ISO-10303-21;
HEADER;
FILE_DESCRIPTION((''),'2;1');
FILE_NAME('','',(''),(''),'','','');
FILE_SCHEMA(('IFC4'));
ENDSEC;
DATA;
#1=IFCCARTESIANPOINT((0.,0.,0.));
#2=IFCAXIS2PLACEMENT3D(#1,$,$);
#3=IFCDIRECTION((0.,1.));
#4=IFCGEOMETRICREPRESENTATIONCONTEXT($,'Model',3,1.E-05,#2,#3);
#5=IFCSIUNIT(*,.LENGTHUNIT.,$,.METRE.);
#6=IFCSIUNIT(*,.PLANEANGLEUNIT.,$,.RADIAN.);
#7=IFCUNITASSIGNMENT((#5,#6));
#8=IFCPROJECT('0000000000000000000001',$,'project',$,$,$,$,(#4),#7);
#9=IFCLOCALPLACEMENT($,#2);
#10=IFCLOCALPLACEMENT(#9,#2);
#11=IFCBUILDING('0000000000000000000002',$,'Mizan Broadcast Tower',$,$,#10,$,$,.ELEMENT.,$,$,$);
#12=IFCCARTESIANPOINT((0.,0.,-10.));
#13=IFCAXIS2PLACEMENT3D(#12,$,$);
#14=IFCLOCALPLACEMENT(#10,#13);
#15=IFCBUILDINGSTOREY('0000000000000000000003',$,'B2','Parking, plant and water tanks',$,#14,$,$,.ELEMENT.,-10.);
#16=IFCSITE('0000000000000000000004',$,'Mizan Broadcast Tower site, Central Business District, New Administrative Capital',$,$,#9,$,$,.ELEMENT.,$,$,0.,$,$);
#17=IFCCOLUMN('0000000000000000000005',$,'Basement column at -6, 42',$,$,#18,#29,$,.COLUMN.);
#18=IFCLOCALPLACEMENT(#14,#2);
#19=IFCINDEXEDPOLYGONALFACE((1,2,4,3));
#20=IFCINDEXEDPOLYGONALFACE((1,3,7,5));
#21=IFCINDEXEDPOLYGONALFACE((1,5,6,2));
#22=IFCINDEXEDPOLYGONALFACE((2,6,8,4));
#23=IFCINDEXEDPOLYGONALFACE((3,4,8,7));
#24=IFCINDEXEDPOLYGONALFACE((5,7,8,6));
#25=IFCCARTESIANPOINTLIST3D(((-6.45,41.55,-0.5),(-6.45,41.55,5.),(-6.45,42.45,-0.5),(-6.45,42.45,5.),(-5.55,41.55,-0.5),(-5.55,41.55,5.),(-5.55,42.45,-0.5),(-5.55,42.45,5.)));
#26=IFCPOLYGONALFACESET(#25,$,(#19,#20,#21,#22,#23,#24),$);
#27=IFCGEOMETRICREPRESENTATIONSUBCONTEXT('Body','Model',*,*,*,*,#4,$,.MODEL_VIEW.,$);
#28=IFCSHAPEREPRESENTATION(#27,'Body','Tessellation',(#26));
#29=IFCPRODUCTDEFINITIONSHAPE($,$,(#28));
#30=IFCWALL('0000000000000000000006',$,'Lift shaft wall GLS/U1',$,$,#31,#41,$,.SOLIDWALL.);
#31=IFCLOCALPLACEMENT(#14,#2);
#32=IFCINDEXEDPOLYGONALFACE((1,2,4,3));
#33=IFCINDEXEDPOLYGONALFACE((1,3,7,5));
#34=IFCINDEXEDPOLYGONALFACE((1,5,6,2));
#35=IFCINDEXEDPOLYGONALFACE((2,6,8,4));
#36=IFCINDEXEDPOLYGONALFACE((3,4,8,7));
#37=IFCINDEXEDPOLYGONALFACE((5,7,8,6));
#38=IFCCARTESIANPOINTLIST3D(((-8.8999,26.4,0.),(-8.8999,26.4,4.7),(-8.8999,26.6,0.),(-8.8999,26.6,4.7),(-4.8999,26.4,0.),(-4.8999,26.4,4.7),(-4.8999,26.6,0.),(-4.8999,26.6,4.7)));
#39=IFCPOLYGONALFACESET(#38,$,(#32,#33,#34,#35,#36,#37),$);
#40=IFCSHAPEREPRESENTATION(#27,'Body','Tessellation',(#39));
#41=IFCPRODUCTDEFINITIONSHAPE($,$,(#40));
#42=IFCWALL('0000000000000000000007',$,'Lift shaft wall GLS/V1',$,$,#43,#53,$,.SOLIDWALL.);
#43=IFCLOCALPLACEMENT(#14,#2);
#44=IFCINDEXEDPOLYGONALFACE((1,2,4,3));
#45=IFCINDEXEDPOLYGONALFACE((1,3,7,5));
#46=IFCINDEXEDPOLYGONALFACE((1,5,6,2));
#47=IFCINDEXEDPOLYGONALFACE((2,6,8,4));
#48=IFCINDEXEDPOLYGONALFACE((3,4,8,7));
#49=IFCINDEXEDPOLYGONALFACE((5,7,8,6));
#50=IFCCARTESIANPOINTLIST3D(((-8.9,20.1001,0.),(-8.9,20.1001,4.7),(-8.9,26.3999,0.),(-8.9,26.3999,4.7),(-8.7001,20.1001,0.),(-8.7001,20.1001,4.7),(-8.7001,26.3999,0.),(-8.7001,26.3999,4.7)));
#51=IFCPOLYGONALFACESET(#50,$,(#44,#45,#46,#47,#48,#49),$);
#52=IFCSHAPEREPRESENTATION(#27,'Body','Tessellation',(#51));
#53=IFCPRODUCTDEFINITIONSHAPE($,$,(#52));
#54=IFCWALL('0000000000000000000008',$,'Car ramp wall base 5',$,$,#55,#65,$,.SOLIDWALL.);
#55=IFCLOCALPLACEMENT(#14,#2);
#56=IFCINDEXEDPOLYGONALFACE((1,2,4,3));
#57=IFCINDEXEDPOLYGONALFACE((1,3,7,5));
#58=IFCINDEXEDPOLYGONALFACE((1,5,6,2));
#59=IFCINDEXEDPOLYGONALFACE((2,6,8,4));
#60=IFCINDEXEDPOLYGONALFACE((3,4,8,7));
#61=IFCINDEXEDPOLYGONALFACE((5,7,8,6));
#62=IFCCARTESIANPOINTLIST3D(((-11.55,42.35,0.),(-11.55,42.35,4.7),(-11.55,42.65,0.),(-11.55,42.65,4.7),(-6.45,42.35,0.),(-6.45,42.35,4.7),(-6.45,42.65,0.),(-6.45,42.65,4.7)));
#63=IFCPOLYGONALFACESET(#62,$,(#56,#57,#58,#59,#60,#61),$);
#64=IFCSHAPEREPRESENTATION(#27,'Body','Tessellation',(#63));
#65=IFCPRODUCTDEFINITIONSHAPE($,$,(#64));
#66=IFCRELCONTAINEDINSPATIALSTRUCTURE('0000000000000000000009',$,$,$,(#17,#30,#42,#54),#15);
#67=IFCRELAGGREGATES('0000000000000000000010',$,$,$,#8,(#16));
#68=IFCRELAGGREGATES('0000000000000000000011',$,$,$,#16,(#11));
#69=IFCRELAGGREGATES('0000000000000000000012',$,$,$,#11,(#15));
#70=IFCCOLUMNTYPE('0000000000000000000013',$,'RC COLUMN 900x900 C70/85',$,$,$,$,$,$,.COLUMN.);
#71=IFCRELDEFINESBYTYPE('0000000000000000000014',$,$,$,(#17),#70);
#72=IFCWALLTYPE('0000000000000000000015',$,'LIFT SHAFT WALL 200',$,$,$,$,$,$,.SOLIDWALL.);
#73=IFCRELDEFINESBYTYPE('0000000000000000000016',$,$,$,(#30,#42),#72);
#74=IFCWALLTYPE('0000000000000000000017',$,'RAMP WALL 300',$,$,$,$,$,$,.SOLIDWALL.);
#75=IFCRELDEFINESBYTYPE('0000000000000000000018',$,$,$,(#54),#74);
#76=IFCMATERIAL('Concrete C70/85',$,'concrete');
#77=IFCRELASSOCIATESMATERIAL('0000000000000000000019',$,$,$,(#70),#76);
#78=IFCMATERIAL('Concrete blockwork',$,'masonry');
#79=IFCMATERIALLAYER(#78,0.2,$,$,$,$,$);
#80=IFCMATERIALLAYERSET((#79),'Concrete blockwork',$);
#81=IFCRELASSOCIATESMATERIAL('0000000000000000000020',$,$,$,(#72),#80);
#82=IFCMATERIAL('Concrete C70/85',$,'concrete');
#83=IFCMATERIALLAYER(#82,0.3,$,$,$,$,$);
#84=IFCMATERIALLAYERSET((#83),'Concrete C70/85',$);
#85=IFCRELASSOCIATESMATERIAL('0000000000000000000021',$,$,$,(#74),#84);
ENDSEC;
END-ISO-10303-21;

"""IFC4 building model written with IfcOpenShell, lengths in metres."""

from ifc_helpers import new_model, si_unit, direction, frame, frame_2d, origin, origin_2d, place, context, subcontext, project, spatial, rectangle, extrude, material, layer, layer_set, material_profile, profile_set, type_object, element, save


model = new_model("IFC4")

# Units and contexts
model_context = context("Model", 3, precision=1e-05, world=origin(), true_north=direction((0.0, 1.0)))
body_context = subcontext(model_context, "Body", "Model", "MODEL_VIEW")
ifc_project = project(units=[si_unit("LENGTHUNIT", "METRE"), si_unit("PLANEANGLEUNIT", "RADIAN")], contexts=[model_context])

# Site, building, storey
site_placement = place(None, origin())
site = spatial("IfcSite", under=ifc_project, at=site_placement, Name="Mizan Broadcast Tower site, Central Business District, New Administrative Capital", CompositionType="ELEMENT", RefElevation=0.0)
building_placement = place(site_placement, origin())
building = spatial("IfcBuilding", under=site, at=building_placement, Name="Mizan Broadcast Tower", CompositionType="ELEMENT")
storey_placement = place(building_placement, frame((0.0, 0.0, -10.0)))
storey = spatial("IfcBuildingStorey", under=building, at=storey_placement, Name="B2", Description="Parking, plant and water tanks", CompositionType="ELEMENT", Elevation=-10.0)

# Column
ifc_material_1 = material(Name="Concrete C70/85", Category="concrete")
ifc_material_profile_1 = material_profile(ifc_material_1, rectangle(XDim=0.8999, YDim=0.8999, at=origin_2d()), Name="RC 900x900")
ifc_profile_set_1 = profile_set([ifc_material_profile_1], Name="Concrete C70/85")
column_type_1 = type_object("IfcColumnType", Name="RC COLUMN 900x900 C70/85", PredefinedType="COLUMN", material=ifc_profile_set_1)
for number, where, z_axis, x_axis, name in (
    (1, (-6.0, 42.0, -0.5), (0.0, 0.0, 1.0), (1.0, 0.0, 0.0), "Basement column at -6, 42"),
):
    element("IfcColumn", number, at=place(storey_placement, frame(where, z_axis=z_axis, x_axis=x_axis)), inside=storey, type_object=column_type_1, Name=name, PredefinedType="COLUMN", context=body_context, shape_type="SweptSolid", body=[
        extrude(rectangle(XDim=0.8999, YDim=0.8999, at=origin_2d()), origin(), (0.0, 0.0, 1.0), 5.5),
    ])

# Walls
ifc_material_2 = material(Name="Concrete blockwork", Category="masonry")
ifc_layer_1 = layer(ifc_material_2, 0.2)
ifc_layer_set_1 = layer_set([ifc_layer_1], Name="Concrete blockwork")
wall_type_1 = type_object("IfcWallType", Name="LIFT SHAFT WALL 200", PredefinedType="SOLIDWALL", material=ifc_layer_set_1)
wall_1_placement = place(storey_placement, frame((-8.8999, 26.5, 0.0), z_axis=(0.0, 0.0, 1.0), x_axis=(1.0, 0.0, 0.0)))
element("IfcWall", 2, at=wall_1_placement, inside=storey, type_object=wall_type_1, Name="Lift shaft wall GLS/U1", PredefinedType="SOLIDWALL", context=body_context, shape_type="SweptSolid", body=[
    extrude(rectangle(XDim=4.0, YDim=0.2, at=frame_2d((2.0, 0.0))), origin(), (0.0, 0.0, 1.0), 4.7),
])
wall_2_placement = place(storey_placement, frame((-8.8, 26.3999, 0.0), z_axis=(0.0, 0.0, 1.0), x_axis=(0.0, -1.0, 0.0)))
element("IfcWall", 3, at=wall_2_placement, inside=storey, type_object=wall_type_1, Name="Lift shaft wall GLS/V1", PredefinedType="SOLIDWALL", context=body_context, shape_type="SweptSolid", body=[
    extrude(rectangle(XDim=6.2998, YDim=0.2, at=frame_2d((3.1499, 0.0))), origin(), (0.0, 0.0, 1.0), 4.7),
])
ifc_material_3 = material(Name="Concrete C70/85", Category="concrete")
ifc_layer_2 = layer(ifc_material_3, 0.3)
ifc_layer_set_2 = layer_set([ifc_layer_2], Name="Concrete C70/85")
wall_type_2 = type_object("IfcWallType", Name="RAMP WALL 300", PredefinedType="SOLIDWALL", material=ifc_layer_set_2)
wall_3_placement = place(storey_placement, frame((-11.55, 42.5, 0.0), z_axis=(0.0, 0.0, 1.0), x_axis=(1.0, 0.0, 0.0)))
element("IfcWall", 4, at=wall_3_placement, inside=storey, type_object=wall_type_2, Name="Car ramp wall base 5", PredefinedType="SOLIDWALL", context=body_context, shape_type="SweptSolid", body=[
    extrude(rectangle(XDim=5.1001, YDim=0.3, at=frame_2d((2.55, 0.0))), origin(), (0.0, 0.0, 1.0), 4.7),
])

save(model, "model.ifc")
